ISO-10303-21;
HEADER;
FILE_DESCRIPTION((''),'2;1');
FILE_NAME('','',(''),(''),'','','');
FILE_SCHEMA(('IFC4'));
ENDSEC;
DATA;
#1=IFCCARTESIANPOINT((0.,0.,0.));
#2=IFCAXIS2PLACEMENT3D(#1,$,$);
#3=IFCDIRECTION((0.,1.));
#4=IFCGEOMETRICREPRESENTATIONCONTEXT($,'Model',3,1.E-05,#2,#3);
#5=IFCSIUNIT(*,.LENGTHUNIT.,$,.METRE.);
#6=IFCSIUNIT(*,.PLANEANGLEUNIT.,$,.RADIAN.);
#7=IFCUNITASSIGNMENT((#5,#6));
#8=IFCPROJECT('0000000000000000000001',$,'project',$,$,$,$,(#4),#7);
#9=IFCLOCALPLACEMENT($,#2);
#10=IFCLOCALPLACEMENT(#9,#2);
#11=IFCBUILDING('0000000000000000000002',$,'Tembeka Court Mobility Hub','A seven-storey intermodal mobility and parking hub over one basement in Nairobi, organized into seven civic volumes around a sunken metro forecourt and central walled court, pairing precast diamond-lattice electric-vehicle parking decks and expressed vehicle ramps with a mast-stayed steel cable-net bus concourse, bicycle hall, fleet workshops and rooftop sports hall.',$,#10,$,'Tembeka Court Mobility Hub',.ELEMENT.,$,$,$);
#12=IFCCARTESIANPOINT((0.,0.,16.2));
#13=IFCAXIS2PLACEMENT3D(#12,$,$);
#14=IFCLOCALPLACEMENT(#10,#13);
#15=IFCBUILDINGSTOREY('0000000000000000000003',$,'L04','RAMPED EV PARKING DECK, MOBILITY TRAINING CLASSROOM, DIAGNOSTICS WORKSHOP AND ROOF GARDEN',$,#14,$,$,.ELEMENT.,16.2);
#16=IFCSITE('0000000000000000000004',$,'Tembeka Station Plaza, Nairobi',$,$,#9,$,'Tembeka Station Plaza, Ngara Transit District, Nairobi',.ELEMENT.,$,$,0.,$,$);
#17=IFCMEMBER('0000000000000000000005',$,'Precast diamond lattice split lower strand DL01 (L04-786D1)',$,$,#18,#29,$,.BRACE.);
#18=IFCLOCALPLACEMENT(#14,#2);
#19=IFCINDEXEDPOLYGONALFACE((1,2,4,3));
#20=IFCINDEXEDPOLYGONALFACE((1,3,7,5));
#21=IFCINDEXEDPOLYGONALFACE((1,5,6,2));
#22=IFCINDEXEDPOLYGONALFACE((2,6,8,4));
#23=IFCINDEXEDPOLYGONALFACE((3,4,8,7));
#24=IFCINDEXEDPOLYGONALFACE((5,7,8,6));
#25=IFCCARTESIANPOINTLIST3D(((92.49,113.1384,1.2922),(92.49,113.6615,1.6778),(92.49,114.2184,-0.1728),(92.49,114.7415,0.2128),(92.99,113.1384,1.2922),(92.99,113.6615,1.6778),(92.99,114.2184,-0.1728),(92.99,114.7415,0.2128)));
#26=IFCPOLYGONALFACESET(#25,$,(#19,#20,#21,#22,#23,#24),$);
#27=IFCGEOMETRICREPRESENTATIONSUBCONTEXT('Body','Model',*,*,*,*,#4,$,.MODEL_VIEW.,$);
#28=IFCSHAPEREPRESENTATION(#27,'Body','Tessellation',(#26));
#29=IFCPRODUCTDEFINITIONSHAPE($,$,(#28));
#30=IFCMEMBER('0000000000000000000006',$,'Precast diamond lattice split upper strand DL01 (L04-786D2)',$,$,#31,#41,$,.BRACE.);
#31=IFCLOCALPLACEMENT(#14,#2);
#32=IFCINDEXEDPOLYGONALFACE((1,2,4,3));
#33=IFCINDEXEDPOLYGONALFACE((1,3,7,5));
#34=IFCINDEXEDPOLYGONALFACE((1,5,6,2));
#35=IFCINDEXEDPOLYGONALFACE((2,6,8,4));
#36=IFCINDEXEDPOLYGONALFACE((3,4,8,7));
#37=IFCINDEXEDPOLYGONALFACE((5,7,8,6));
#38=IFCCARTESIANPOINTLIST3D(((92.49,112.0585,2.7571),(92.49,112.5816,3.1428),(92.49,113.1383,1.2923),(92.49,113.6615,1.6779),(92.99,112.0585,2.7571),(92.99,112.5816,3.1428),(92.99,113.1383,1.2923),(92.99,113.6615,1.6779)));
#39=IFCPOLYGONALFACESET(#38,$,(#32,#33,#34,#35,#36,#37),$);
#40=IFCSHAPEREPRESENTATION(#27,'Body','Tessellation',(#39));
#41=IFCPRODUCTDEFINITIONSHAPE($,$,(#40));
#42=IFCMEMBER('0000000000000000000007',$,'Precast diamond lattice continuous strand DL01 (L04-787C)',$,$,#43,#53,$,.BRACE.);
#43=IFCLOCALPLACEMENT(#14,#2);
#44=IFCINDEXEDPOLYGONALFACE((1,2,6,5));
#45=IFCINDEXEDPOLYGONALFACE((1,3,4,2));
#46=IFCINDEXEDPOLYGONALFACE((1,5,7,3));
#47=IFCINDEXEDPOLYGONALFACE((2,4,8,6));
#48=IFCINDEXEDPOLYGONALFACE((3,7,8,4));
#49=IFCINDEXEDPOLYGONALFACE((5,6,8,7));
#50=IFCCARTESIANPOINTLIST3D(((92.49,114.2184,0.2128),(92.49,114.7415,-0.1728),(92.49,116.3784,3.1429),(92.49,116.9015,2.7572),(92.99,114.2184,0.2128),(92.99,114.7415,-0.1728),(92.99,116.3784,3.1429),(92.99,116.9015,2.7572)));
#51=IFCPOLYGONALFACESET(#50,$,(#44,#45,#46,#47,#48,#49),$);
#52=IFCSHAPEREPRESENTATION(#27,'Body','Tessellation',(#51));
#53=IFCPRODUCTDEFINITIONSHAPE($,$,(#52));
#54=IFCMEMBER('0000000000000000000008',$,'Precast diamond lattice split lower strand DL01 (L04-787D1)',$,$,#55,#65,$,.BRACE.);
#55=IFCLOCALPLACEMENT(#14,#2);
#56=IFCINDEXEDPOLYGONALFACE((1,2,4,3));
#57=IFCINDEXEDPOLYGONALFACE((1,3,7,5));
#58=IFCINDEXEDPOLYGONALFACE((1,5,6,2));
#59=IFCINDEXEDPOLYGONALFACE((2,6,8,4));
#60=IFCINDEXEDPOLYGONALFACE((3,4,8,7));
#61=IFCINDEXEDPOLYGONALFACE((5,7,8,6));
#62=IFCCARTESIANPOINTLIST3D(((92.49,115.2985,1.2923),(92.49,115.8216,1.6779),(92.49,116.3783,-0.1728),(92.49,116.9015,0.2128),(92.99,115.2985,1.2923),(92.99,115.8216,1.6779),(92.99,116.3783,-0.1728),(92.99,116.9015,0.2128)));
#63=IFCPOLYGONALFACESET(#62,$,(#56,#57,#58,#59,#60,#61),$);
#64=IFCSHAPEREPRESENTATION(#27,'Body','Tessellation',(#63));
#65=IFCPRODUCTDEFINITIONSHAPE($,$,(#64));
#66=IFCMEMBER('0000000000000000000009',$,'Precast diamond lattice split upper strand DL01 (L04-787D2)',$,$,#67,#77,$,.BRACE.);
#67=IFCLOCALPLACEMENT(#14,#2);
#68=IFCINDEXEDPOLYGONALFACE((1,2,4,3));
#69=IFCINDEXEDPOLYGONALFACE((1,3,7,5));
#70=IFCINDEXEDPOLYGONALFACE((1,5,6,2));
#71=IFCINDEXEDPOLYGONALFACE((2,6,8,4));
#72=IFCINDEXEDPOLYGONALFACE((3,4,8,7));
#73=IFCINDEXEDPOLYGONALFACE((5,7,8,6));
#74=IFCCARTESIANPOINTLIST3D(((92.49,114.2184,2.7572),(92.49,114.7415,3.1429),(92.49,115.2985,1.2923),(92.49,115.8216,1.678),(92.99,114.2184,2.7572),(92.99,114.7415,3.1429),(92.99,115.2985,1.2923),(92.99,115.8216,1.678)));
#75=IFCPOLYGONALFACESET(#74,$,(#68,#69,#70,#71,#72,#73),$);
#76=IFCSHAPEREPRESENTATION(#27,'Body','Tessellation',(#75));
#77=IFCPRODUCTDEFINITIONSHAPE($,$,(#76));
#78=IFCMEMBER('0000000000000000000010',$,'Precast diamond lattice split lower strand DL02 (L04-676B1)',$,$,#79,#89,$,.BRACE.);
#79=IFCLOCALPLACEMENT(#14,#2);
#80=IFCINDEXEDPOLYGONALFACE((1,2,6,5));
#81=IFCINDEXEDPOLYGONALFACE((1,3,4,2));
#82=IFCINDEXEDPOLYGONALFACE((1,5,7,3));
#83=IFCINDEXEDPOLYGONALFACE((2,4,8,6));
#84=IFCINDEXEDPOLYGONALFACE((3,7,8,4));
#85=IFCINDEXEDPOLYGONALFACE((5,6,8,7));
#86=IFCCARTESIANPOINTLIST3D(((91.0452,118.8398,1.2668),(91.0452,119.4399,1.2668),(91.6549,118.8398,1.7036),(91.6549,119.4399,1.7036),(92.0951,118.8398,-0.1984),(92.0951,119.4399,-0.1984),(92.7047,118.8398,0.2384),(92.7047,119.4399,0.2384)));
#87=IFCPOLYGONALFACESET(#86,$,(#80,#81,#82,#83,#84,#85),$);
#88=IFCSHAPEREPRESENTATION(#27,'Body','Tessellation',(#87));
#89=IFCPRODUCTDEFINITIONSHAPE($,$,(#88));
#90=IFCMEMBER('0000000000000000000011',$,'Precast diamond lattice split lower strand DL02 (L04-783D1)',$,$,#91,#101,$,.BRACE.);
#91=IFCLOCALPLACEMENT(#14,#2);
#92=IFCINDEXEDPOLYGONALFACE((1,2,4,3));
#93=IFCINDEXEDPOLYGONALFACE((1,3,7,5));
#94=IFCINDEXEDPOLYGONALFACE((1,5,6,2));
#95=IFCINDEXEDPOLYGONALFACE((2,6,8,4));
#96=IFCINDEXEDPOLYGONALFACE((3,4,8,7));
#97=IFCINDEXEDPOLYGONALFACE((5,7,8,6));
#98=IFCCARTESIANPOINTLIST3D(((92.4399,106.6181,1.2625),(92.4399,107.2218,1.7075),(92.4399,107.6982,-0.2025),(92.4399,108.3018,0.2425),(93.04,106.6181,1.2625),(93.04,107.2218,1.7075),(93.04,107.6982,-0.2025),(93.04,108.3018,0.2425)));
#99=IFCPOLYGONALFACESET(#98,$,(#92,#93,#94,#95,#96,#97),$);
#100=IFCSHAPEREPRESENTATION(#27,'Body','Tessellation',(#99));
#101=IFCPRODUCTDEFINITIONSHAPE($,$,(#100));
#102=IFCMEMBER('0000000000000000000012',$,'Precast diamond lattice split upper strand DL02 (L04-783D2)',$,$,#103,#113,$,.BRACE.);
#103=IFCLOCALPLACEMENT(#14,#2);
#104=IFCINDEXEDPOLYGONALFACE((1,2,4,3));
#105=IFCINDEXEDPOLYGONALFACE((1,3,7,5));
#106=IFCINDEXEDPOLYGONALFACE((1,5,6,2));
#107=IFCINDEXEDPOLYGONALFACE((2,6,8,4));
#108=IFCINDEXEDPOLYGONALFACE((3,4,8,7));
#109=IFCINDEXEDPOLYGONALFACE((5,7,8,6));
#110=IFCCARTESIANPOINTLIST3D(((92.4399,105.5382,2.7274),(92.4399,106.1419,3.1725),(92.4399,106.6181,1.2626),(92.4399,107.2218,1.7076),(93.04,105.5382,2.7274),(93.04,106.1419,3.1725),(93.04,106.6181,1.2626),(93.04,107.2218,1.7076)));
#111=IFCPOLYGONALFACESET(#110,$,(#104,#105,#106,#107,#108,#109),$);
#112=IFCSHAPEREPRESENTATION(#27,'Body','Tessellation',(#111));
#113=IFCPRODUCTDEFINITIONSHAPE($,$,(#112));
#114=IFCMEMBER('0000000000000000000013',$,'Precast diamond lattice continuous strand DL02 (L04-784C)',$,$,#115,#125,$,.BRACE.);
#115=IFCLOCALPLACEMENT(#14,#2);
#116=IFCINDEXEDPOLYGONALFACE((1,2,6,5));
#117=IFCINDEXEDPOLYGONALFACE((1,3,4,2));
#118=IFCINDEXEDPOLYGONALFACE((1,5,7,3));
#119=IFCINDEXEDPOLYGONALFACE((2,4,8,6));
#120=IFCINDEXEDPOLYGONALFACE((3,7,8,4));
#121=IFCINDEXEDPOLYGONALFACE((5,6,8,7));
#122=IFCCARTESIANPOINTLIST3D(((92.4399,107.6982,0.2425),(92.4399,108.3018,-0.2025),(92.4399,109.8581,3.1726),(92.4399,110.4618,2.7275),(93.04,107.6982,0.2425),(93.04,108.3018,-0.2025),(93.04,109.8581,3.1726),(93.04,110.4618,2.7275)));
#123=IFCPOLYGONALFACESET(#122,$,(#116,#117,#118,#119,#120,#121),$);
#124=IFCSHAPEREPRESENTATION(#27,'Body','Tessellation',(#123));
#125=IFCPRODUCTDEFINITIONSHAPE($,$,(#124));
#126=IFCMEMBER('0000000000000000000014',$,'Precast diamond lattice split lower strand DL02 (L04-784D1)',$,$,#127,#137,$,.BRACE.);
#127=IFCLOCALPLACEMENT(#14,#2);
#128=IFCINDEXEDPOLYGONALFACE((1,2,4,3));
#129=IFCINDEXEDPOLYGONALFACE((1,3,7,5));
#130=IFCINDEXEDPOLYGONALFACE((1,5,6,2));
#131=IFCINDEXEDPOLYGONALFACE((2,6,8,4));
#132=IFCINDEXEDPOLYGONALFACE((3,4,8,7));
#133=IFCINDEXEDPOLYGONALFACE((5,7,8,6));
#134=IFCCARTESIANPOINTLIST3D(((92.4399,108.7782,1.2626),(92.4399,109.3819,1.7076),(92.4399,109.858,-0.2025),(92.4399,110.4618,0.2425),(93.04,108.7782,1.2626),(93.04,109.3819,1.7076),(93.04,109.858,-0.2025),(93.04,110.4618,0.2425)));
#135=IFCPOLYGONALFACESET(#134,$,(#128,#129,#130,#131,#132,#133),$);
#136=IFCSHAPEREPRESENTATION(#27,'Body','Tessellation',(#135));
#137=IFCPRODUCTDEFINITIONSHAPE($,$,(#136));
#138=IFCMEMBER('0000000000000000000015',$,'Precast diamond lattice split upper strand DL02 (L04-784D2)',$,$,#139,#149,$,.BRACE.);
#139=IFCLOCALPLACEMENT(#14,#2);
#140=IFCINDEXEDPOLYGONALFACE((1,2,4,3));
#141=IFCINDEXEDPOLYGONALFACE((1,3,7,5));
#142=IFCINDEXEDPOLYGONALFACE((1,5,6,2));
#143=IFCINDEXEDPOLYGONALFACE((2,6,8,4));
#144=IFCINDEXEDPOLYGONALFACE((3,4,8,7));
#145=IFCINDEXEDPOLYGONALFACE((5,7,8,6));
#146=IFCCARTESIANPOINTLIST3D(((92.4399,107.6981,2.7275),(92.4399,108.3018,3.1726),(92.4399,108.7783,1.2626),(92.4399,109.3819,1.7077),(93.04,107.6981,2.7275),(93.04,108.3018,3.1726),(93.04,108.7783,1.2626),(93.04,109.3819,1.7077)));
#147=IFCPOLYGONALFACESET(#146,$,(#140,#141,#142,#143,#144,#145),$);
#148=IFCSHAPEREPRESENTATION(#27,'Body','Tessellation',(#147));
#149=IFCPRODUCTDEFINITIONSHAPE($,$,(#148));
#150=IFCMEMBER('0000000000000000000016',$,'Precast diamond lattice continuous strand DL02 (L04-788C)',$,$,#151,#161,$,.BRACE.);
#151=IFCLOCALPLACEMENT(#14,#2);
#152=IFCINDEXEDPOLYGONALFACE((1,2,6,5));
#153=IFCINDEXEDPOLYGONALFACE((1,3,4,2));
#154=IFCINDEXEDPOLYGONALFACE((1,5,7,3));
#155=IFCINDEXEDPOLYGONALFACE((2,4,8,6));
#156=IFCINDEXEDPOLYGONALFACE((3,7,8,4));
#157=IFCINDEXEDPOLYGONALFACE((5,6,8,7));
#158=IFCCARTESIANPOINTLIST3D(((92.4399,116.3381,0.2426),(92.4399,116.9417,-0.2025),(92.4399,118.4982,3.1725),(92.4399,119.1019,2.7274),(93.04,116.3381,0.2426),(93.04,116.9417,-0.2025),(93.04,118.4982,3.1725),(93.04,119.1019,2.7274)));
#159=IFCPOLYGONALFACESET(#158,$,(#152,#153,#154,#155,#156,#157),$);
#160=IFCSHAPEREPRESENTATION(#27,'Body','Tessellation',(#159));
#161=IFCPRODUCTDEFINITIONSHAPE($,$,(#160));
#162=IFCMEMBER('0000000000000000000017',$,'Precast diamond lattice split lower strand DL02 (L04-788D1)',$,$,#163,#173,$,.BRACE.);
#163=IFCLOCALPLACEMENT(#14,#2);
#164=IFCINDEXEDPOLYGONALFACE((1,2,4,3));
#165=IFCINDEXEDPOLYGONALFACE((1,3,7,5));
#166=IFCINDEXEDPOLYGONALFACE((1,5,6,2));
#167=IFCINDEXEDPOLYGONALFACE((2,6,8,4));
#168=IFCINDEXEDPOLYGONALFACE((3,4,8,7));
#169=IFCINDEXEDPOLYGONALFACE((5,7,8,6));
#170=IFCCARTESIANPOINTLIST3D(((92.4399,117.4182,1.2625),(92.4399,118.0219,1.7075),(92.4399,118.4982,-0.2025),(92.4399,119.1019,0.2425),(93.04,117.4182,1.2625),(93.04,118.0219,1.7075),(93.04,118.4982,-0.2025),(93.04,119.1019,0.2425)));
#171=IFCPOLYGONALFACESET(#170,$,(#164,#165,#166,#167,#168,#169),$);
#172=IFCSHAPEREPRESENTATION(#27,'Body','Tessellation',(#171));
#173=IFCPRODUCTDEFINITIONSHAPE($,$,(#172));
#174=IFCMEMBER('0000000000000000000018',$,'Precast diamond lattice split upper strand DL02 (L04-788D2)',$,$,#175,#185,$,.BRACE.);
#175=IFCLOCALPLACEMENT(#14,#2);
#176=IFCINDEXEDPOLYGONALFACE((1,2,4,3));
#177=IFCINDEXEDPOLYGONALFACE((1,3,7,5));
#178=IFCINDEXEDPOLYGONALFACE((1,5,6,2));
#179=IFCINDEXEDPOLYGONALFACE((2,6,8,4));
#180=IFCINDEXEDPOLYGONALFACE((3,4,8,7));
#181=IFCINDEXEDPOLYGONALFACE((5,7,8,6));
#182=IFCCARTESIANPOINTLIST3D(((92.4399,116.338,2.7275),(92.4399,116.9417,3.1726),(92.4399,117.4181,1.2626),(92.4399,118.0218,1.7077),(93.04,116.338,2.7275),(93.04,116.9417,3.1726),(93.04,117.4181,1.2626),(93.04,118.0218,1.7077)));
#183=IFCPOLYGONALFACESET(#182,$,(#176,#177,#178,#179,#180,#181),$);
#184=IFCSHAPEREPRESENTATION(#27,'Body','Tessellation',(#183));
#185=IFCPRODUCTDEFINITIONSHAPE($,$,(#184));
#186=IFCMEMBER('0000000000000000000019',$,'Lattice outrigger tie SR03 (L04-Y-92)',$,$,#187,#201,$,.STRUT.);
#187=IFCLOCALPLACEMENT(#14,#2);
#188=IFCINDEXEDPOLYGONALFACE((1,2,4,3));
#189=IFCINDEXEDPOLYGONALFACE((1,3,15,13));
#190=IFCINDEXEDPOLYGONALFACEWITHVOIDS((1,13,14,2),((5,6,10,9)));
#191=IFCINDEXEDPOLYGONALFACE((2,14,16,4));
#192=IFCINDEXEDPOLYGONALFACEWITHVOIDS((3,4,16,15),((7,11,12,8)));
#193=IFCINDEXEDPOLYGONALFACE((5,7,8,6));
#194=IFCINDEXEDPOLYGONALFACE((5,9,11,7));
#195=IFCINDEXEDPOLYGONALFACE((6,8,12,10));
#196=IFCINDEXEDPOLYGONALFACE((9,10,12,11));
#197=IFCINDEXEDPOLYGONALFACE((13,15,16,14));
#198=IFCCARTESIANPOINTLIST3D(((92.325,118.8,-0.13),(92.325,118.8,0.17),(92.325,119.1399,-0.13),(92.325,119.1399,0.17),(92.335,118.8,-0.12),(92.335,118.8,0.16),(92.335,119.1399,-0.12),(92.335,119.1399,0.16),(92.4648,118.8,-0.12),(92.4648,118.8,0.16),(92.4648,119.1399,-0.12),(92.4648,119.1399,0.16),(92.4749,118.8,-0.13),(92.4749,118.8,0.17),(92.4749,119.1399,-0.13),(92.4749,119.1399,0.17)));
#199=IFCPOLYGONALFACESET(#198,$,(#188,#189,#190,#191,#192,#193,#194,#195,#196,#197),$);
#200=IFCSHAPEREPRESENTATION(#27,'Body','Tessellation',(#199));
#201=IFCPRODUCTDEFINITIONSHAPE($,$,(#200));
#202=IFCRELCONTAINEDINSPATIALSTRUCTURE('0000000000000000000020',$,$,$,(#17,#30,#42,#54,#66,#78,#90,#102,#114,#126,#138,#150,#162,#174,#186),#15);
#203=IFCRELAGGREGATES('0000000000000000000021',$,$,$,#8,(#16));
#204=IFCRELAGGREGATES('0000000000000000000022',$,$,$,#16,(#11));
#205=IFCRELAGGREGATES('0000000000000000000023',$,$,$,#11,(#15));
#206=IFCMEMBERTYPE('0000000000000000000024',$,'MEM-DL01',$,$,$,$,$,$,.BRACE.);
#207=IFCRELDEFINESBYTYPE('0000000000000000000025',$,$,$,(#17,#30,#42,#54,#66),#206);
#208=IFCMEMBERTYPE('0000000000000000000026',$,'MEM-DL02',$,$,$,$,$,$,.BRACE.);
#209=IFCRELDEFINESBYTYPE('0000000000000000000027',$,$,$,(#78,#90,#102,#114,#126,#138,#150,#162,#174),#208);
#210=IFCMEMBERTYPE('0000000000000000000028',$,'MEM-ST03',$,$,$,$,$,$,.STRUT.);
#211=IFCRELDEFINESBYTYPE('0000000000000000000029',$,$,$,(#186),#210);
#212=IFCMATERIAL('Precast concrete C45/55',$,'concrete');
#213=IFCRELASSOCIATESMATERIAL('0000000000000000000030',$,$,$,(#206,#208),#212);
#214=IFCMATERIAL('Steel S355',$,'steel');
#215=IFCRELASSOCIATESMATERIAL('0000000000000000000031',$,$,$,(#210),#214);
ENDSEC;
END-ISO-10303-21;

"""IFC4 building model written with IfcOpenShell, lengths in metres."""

from ifc_helpers import new_model, si_unit, direction, frame, origin, origin_2d, place, context, subcontext, project, spatial, rectangle, hollow_rectangle, extrude, material, material_profile, profile_set, type_object, element, save


model = new_model("IFC4")

# Units and contexts
model_context = context("Model", 3, precision=1e-05, world=origin(), true_north=direction((0.0, 1.0)))
body_context = subcontext(model_context, "Body", "Model", "MODEL_VIEW")
ifc_project = project(units=[si_unit("LENGTHUNIT", "METRE"), si_unit("PLANEANGLEUNIT", "RADIAN")], contexts=[model_context])

# Site, building, storey
site_placement = place(None, origin())
site = spatial("IfcSite", under=ifc_project, at=site_placement, Name="Tembeka Station Plaza, Nairobi", LongName="Tembeka Station Plaza, Ngara Transit District, Nairobi", CompositionType="ELEMENT", RefElevation=0.0)
building_placement = place(site_placement, origin())
building = spatial("IfcBuilding", under=site, at=building_placement, Name="Tembeka Court Mobility Hub", Description="A seven-storey intermodal mobility and parking hub over one basement in Nairobi, organized into seven civic volumes around a sunken metro forecourt and central walled court, pairing precast diamond-lattice electric-vehicle parking decks and expressed vehicle ramps with a mast-stayed steel cable-net bus concourse, bicycle hall, fleet workshops and rooftop sports hall.", LongName="Tembeka Court Mobility Hub", CompositionType="ELEMENT")
storey_placement = place(building_placement, frame((0.0, 0.0, 16.2)))
storey = spatial("IfcBuildingStorey", under=building, at=storey_placement, Name="L04", Description="RAMPED EV PARKING DECK, MOBILITY TRAINING CLASSROOM, DIAGNOSTICS WORKSHOP AND ROOF GARDEN", CompositionType="ELEMENT", Elevation=16.2)

# Shared definitions
ifc_material_1 = material(Name="Steel S355", Category="steel")

# Members
ifc_material_2 = material(Name="Precast concrete C45/55", Category="concrete")
ifc_material_profile_1 = material_profile(ifc_material_2, rectangle(XDim=0.5, YDim=0.6499, at=origin_2d()), Name="PC-DIAG 500x650")
ifc_profile_set_1 = profile_set([ifc_material_profile_1], Name="Precast concrete C45/55")
member_type_1 = type_object("IfcMemberType", Name="MEM-DL01", PredefinedType="BRACE", material=ifc_profile_set_1)
member_1_placement = place(storey_placement, frame((92.74, 114.48, 0.02), z_axis=(0.0, -0.593391, 0.804914), x_axis=(1.0, 0.0, 0.0)))
element("IfcMember", 1, at=member_1_placement, inside=storey, type_object=member_type_1, Name="Precast diamond lattice split lower strand DL01 (L04-786D1)", PredefinedType="BRACE", context=body_context, shape_type="SweptSolid", body=[
    extrude(rectangle(XDim=0.5, YDim=0.6499, at=origin_2d()), origin(), (0.0, 0.0, 1.0), 1.8201),
])
member_2_placement = place(storey_placement, frame((92.74, 113.3999, 1.4851), z_axis=(0.0, -0.593368, 0.804931), x_axis=(1.0, 0.0, 0.0)))
element("IfcMember", 2, at=member_2_placement, inside=storey, type_object=member_type_1, Name="Precast diamond lattice split upper strand DL01 (L04-786D2)", PredefinedType="BRACE", context=body_context, shape_type="SweptSolid", body=[
    extrude(rectangle(XDim=0.5, YDim=0.6499, at=origin_2d()), origin(), (0.0, 0.0, 1.0), 1.8198),
])
member_3_placement = place(storey_placement, frame((92.74, 114.48, 0.02), z_axis=(0.0, 0.59338, 0.804923), x_axis=(-1.0, 0.0, 0.0)))
element("IfcMember", 3, at=member_3_placement, inside=storey, type_object=member_type_1, Name="Precast diamond lattice continuous strand DL01 (L04-787C)", PredefinedType="BRACE", context=body_context, shape_type="SweptSolid", body=[
    extrude(rectangle(XDim=0.5, YDim=0.6499, at=origin_2d()), origin(), (0.0, 0.0, 1.0), 3.6401),
])
for number, where, z_axis, x_axis, name in (
    (4, (92.74, 116.6399, 0.02), (0.0, -0.593304, 0.804978), (1.0, 0.0, 0.0), "Precast diamond lattice split lower strand DL01 (L04-787D1)"),
    (5, (92.74, 115.5601, 1.4851), (0.0, -0.593455, 0.804867), (1.0, 0.0, 0.0), "Precast diamond lattice split upper strand DL01 (L04-787D2)"),
):
    element("IfcMember", number, at=place(storey_placement, frame(where, z_axis=z_axis, x_axis=x_axis)), inside=storey, type_object=member_type_1, Name=name, PredefinedType="BRACE", context=body_context, shape_type="SweptSolid", body=[
        extrude(rectangle(XDim=0.5, YDim=0.6499, at=origin_2d()), origin(), (0.0, 0.0, 1.0), 1.8201),
    ])
ifc_material_profile_2 = material_profile(ifc_material_2, rectangle(XDim=0.6001, YDim=0.75, at=origin_2d()), Name="PC-DIAG 600x750")
ifc_profile_set_2 = profile_set([ifc_material_profile_2], Name="Precast concrete C45/55")
member_type_2 = type_object("IfcMemberType", Name="MEM-DL02", PredefinedType="BRACE", material=ifc_profile_set_2)
member_4_placement = place(storey_placement, frame((92.3999, 119.1399, 0.02), z_axis=(-0.582455, 0.0, 0.812863), x_axis=(0.0, -1.0, 0.0)))
element("IfcMember", 6, at=member_4_placement, inside=storey, type_object=member_type_2, Name="Precast diamond lattice split lower strand DL02 (L04-676B1)", PredefinedType="BRACE", context=body_context, shape_type="SweptSolid", body=[
    extrude(rectangle(XDim=0.6001, YDim=0.75, at=origin_2d()), origin(), (0.0, 0.0, 1.0), 1.8025),
])
member_5_placement = place(storey_placement, frame((92.74, 108.0, 0.02), z_axis=(0.0, -0.593391, 0.804914), x_axis=(1.0, 0.0, 0.0)))
element("IfcMember", 7, at=member_5_placement, inside=storey, type_object=member_type_2, Name="Precast diamond lattice split lower strand DL02 (L04-783D1)", PredefinedType="BRACE", context=body_context, shape_type="SweptSolid", body=[
    extrude(rectangle(XDim=0.6001, YDim=0.75, at=origin_2d()), origin(), (0.0, 0.0, 1.0), 1.8201),
])
member_6_placement = place(storey_placement, frame((92.74, 106.9199, 1.4851), z_axis=(0.0, -0.593368, 0.804931), x_axis=(1.0, 0.0, 0.0)))
element("IfcMember", 8, at=member_6_placement, inside=storey, type_object=member_type_2, Name="Precast diamond lattice split upper strand DL02 (L04-783D2)", PredefinedType="BRACE", context=body_context, shape_type="SweptSolid", body=[
    extrude(rectangle(XDim=0.6001, YDim=0.75, at=origin_2d()), origin(), (0.0, 0.0, 1.0), 1.8198),
])
member_7_placement = place(storey_placement, frame((92.74, 108.0, 0.02), z_axis=(0.0, 0.59338, 0.804923), x_axis=(-1.0, 0.0, 0.0)))
element("IfcMember", 9, at=member_7_placement, inside=storey, type_object=member_type_2, Name="Precast diamond lattice continuous strand DL02 (L04-784C)", PredefinedType="BRACE", context=body_context, shape_type="SweptSolid", body=[
    extrude(rectangle(XDim=0.6001, YDim=0.75, at=origin_2d()), origin(), (0.0, 0.0, 1.0), 3.6401),
])
for number, where, z_axis, x_axis, name in (
    (10, (92.74, 110.1599, 0.02), (0.0, -0.593304, 0.804978), (1.0, 0.0, 0.0), "Precast diamond lattice split lower strand DL02 (L04-784D1)"),
    (11, (92.74, 109.0801, 1.4851), (0.0, -0.593455, 0.804867), (1.0, 0.0, 0.0), "Precast diamond lattice split upper strand DL02 (L04-784D2)"),
):
    element("IfcMember", number, at=place(storey_placement, frame(where, z_axis=z_axis, x_axis=x_axis)), inside=storey, type_object=member_type_2, Name=name, PredefinedType="BRACE", context=body_context, shape_type="SweptSolid", body=[
        extrude(rectangle(XDim=0.6001, YDim=0.75, at=origin_2d()), origin(), (0.0, 0.0, 1.0), 1.8201),
    ])
member_8_placement = place(storey_placement, frame((92.74, 116.6399, 0.02), z_axis=(0.0, 0.593423, 0.804891), x_axis=(-1.0, 0.0, 0.0)))
element("IfcMember", 12, at=member_8_placement, inside=storey, type_object=member_type_2, Name="Precast diamond lattice continuous strand DL02 (L04-788C)", PredefinedType="BRACE", context=body_context, shape_type="SweptSolid", body=[
    extrude(rectangle(XDim=0.6001, YDim=0.75, at=origin_2d()), origin(), (0.0, 0.0, 1.0), 3.6401),
])
for number, where, z_axis, x_axis, name in (
    (13, (92.74, 118.8, 0.02), (0.0, -0.593391, 0.804914), (1.0, 0.0, 0.0), "Precast diamond lattice split lower strand DL02 (L04-788D1)"),
    (14, (92.74, 117.72, 1.4851), (0.0, -0.593455, 0.804867), (1.0, 0.0, 0.0), "Precast diamond lattice split upper strand DL02 (L04-788D2)"),
):
    element("IfcMember", number, at=place(storey_placement, frame(where, z_axis=z_axis, x_axis=x_axis)), inside=storey, type_object=member_type_2, Name=name, PredefinedType="BRACE", context=body_context, shape_type="SweptSolid", body=[
        extrude(rectangle(XDim=0.6001, YDim=0.75, at=origin_2d()), origin(), (0.0, 0.0, 1.0), 1.8201),
    ])
ifc_material_profile_3 = material_profile(ifc_material_1, hollow_rectangle(XDim=0.1499, YDim=0.3, WallThickness=0.01, at=origin_2d()), Name="RHS 300x150x10")
ifc_profile_set_3 = profile_set([ifc_material_profile_3], Name="Steel S355")
member_type_3 = type_object("IfcMemberType", Name="MEM-ST03", PredefinedType="STRUT", material=ifc_profile_set_3)
member_9_placement = place(storey_placement, frame((92.3999, 118.8, 0.02), z_axis=(0.0, 1.0, 0.0), x_axis=(-1.0, 0.0, 0.0)))
element("IfcMember", 15, at=member_9_placement, inside=storey, type_object=member_type_3, Name="Lattice outrigger tie SR03 (L04-Y-92)", PredefinedType="STRUT", context=body_context, shape_type="SweptSolid", body=[
    extrude(hollow_rectangle(XDim=0.1499, YDim=0.3, WallThickness=0.01, at=origin_2d()), origin(), (0.0, 0.0, 1.0), 0.3398),
])

save(model, "model.ifc")
